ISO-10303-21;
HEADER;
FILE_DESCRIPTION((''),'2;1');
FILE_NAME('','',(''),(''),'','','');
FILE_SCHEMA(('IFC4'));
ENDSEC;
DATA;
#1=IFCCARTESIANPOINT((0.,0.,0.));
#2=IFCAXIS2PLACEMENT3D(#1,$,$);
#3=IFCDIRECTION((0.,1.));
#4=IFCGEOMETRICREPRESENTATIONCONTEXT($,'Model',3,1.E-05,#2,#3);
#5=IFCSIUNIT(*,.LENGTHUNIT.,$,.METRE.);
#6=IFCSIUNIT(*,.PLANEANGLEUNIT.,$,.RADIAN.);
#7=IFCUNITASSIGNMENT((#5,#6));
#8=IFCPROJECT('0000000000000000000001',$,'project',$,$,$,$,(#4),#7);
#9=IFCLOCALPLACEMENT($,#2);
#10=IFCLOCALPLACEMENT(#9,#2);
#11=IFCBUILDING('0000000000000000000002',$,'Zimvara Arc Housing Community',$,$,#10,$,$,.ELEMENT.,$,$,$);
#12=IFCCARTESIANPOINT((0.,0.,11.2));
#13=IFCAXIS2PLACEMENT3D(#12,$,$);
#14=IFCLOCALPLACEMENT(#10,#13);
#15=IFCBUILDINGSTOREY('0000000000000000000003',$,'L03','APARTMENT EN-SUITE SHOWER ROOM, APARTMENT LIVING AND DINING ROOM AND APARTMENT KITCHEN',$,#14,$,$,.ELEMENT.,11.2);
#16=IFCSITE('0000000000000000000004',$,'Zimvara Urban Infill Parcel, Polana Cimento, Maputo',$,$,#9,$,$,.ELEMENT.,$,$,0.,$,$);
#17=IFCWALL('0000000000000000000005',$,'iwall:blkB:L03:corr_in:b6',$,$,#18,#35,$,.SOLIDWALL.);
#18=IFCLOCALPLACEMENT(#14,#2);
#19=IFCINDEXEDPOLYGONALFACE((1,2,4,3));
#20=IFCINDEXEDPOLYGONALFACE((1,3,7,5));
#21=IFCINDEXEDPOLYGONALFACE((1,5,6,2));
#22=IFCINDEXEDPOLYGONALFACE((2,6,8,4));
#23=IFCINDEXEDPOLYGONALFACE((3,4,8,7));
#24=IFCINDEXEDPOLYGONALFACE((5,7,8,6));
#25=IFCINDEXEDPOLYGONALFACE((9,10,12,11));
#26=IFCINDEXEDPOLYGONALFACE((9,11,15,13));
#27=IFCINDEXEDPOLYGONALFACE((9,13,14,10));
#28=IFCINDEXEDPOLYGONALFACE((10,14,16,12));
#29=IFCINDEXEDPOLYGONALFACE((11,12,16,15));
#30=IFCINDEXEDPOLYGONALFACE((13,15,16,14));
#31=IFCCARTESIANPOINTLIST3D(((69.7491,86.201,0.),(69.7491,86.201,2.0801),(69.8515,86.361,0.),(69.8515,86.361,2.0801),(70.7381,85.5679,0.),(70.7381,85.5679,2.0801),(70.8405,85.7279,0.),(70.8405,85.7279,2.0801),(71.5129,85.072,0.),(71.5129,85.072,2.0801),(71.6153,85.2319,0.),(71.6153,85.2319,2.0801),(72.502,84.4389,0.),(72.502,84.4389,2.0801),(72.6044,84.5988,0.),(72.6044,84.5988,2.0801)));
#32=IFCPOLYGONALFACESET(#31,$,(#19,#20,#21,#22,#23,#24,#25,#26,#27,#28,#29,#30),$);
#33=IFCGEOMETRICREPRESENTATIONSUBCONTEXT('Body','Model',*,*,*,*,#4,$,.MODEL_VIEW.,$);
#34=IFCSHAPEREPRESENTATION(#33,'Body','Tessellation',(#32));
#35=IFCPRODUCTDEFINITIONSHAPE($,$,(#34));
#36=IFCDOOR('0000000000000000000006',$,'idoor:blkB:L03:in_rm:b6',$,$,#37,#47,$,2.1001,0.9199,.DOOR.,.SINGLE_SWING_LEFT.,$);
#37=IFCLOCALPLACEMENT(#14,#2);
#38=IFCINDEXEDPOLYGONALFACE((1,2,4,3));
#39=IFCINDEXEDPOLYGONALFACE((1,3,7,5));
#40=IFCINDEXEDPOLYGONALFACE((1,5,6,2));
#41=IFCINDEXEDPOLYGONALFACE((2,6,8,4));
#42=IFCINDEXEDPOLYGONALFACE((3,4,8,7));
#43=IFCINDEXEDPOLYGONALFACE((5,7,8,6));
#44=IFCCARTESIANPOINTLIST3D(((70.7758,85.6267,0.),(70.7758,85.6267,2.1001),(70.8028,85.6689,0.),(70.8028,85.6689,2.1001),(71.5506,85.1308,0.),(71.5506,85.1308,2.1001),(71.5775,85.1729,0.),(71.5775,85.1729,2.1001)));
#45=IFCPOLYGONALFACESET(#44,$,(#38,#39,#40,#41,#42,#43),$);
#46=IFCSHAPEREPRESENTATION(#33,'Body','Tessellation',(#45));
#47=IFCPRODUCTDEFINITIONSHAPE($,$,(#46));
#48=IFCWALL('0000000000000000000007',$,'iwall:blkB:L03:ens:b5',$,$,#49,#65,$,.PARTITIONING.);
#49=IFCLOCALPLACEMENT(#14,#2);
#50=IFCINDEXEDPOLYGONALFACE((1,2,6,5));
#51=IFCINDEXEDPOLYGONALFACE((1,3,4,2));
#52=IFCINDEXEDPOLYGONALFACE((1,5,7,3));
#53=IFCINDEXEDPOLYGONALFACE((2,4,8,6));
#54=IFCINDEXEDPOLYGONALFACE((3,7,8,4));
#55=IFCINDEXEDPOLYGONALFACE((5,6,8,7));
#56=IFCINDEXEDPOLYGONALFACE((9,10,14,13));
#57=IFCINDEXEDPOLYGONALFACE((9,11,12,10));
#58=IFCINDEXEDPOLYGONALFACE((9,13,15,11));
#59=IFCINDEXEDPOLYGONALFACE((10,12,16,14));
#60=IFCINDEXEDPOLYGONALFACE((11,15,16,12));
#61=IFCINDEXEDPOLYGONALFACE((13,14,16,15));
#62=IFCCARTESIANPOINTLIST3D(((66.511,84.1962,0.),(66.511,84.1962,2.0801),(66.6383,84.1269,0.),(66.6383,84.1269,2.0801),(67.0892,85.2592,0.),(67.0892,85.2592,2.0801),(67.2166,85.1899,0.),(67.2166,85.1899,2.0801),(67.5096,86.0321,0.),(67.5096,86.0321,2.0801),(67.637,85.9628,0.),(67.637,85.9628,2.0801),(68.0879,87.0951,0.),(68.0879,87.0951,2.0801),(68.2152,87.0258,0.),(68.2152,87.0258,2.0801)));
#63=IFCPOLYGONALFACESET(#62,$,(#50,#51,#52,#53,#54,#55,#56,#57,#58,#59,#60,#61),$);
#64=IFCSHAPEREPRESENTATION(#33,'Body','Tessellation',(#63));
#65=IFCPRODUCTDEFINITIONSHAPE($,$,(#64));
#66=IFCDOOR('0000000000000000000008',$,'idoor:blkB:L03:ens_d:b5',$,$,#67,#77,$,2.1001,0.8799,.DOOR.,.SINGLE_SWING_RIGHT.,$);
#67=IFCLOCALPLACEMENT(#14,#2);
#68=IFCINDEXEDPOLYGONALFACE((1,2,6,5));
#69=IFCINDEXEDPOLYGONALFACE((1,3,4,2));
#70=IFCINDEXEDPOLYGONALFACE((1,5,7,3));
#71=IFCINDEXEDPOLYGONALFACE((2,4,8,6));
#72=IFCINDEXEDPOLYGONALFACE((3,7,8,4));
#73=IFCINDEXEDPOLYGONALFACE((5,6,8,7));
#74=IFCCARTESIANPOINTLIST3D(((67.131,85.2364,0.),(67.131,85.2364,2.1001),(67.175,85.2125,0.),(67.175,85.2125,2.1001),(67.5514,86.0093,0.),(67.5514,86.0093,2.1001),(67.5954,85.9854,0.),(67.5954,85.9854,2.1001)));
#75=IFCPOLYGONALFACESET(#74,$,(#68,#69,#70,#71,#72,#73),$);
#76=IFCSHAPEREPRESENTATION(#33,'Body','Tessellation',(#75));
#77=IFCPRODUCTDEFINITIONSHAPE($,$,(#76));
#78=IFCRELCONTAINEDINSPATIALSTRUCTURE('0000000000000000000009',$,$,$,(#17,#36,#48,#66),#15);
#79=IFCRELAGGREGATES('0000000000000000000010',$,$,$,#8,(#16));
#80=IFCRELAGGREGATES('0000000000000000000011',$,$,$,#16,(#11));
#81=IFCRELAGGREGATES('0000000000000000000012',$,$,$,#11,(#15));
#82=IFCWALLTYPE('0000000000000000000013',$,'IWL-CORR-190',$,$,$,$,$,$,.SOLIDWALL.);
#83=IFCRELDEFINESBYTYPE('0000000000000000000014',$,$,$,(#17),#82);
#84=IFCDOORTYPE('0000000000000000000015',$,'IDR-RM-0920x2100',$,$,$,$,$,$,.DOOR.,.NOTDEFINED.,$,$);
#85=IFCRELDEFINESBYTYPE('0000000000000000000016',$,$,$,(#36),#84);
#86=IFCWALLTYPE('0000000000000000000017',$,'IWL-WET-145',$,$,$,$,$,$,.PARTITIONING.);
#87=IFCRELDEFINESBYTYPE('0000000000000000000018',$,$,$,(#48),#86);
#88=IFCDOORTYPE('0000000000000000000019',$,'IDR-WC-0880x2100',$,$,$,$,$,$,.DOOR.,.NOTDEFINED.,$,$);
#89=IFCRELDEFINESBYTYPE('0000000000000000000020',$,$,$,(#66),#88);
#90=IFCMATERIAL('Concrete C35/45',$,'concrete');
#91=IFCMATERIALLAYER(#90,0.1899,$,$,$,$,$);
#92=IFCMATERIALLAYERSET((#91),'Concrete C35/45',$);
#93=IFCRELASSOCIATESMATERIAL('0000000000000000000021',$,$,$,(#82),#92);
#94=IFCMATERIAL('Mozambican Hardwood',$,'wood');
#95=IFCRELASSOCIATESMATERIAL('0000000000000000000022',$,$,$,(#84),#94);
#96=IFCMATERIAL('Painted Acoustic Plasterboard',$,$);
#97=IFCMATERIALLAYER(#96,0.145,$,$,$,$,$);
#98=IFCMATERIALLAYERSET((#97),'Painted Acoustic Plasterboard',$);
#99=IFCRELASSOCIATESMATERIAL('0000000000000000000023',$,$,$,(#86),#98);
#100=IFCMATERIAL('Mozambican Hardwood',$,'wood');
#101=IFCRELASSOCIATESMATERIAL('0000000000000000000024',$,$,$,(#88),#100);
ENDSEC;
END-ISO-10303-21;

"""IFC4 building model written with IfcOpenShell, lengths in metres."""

from ifc_helpers import new_model, si_unit, direction, frame, frame_2d, origin, place, context, subcontext, project, spatial, rectangle, extrude, material, layer, layer_set, type_object, element, fill, save


model = new_model("IFC4")

# Units and contexts
model_context = context("Model", 3, precision=1e-05, world=origin(), true_north=direction((0.0, 1.0)))
body_context = subcontext(model_context, "Body", "Model", "MODEL_VIEW")
ifc_project = project(units=[si_unit("LENGTHUNIT", "METRE"), si_unit("PLANEANGLEUNIT", "RADIAN")], contexts=[model_context])

# Site, building, storey
site_placement = place(None, origin())
site = spatial("IfcSite", under=ifc_project, at=site_placement, Name="Zimvara Urban Infill Parcel, Polana Cimento, Maputo", CompositionType="ELEMENT", RefElevation=0.0)
building_placement = place(site_placement, origin())
building = spatial("IfcBuilding", under=site, at=building_placement, Name="Zimvara Arc Housing Community", CompositionType="ELEMENT")
storey_placement = place(building_placement, frame((0.0, 0.0, 11.2)))
storey = spatial("IfcBuildingStorey", under=building, at=storey_placement, Name="L03", Description="APARTMENT EN-SUITE SHOWER ROOM, APARTMENT LIVING AND DINING ROOM AND APARTMENT KITCHEN", CompositionType="ELEMENT", Elevation=11.2)

# Walls, openings, doors
ifc_material_1 = material(Name="Concrete C35/45", Category="concrete")
ifc_layer_1 = layer(ifc_material_1, 0.1899)
ifc_layer_set_1 = layer_set([ifc_layer_1], Name="Concrete C35/45")
wall_type_1 = type_object("IfcWallType", Name="IWL-CORR-190", PredefinedType="SOLIDWALL", material=ifc_layer_set_1)
wall_1_placement = place(storey_placement, frame((69.8003, 86.281, 0.0), z_axis=(0.0, 0.0, 1.0), x_axis=(0.842225, -0.539126, 0.0)))
wall_1 = element("IfcWall", 1, at=wall_1_placement, inside=storey, type_object=wall_type_1, Name="iwall:blkB:L03:corr_in:b6", PredefinedType="SOLIDWALL", context=body_context, shape_type="SweptSolid", body=[
    extrude(rectangle(XDim=3.2686, YDim=0.1899, at=frame_2d((1.6343, 0.0))), origin(), (0.0, 0.0, 1.0), 2.0801),
])
opening_1_placement = place(wall_1_placement, frame((1.1743, 0.0, 0.0)))
opening_1 = element("IfcOpeningElement", 2, at=opening_1_placement, cuts=wall_1, PredefinedType="OPENING", context=body_context, shape_type="SweptSolid", body=[
    extrude(rectangle(XDim=0.9199, YDim=2.1001, at=frame_2d((0.46, 1.05))), frame((0.0, 0.105, 0.0), z_axis=(0.0, -1.0, 0.0), x_axis=(1.0, 0.0, 0.0)), (0.0, 0.0, 1.0), 0.21),
])
ifc_material_2 = material(Name="Mozambican Hardwood", Category="wood")
door_type_1 = type_object("IfcDoorType", Name="IDR-RM-0920x2100", OperationType="NOTDEFINED", PredefinedType="DOOR", material=ifc_material_2)
door_1_placement = place(opening_1_placement, origin())
door_1 = element("IfcDoor", 3, at=door_1_placement, inside=storey, type_object=door_type_1, Name="idoor:blkB:L03:in_rm:b6", OperationType="SINGLE_SWING_LEFT", OverallHeight=2.1001, OverallWidth=0.9199, PredefinedType="DOOR", context=body_context, shape_type="SweptSolid", body=[
    extrude(rectangle(XDim=0.9199, YDim=2.1001, at=frame_2d((0.46, 1.05))), frame((0.0, 0.0249, 0.0), z_axis=(0.0, -1.0, 0.0), x_axis=(1.0, 0.0, 0.0)), (0.0, 0.0, 1.0), 0.05),
])
fill(opening_1, door_1)
ifc_material_3 = material(Name="Painted Acoustic Plasterboard")
ifc_layer_2 = layer(ifc_material_3, 0.145)
ifc_layer_set_2 = layer_set([ifc_layer_2], Name="Painted Acoustic Plasterboard")
wall_type_2 = type_object("IfcWallType", Name="IWL-WET-145", PredefinedType="PARTITIONING", material=ifc_layer_set_2)
wall_2_placement = place(storey_placement, frame((66.5747, 84.1616, 0.0), z_axis=(0.0, 0.0, 1.0), x_axis=(0.477841, 0.878446, 0.0)))
wall_2 = element("IfcWall", 4, at=wall_2_placement, inside=storey, type_object=wall_type_2, Name="iwall:blkB:L03:ens:b5", PredefinedType="PARTITIONING", context=body_context, shape_type="SweptSolid", body=[
    extrude(rectangle(XDim=3.3, YDim=0.145, at=frame_2d((1.6499, 0.0))), origin(), (0.0, 0.0, 1.0), 2.0801),
])
opening_2_placement = place(wall_2_placement, frame((1.21, 0.0, 0.0)))
opening_2 = element("IfcOpeningElement", 5, at=opening_2_placement, cuts=wall_2, PredefinedType="OPENING", context=body_context, shape_type="SweptSolid", body=[
    extrude(rectangle(XDim=0.8799, YDim=2.1001, at=frame_2d((0.4399, 1.05))), frame((0.0, 0.0825, 0.0), z_axis=(0.0, -1.0, 0.0), x_axis=(1.0, 0.0, 0.0)), (0.0, 0.0, 1.0), 0.165),
])
ifc_material_4 = material(Name="Mozambican Hardwood", Category="wood")
door_type_2 = type_object("IfcDoorType", Name="IDR-WC-0880x2100", OperationType="NOTDEFINED", PredefinedType="DOOR", material=ifc_material_4)
door_2_placement = place(opening_2_placement, origin())
door_2 = element("IfcDoor", 6, at=door_2_placement, inside=storey, type_object=door_type_2, Name="idoor:blkB:L03:ens_d:b5", OperationType="SINGLE_SWING_RIGHT", OverallHeight=2.1001, OverallWidth=0.8799, PredefinedType="DOOR", context=body_context, shape_type="SweptSolid", body=[
    extrude(rectangle(XDim=0.8799, YDim=2.1001, at=frame_2d((0.4399, 1.05))), frame((0.0, 0.0249, 0.0), z_axis=(0.0, -1.0, 0.0), x_axis=(1.0, 0.0, 0.0)), (0.0, 0.0, 1.0), 0.05),
])
fill(opening_2, door_2)

save(model, "model.ifc")
